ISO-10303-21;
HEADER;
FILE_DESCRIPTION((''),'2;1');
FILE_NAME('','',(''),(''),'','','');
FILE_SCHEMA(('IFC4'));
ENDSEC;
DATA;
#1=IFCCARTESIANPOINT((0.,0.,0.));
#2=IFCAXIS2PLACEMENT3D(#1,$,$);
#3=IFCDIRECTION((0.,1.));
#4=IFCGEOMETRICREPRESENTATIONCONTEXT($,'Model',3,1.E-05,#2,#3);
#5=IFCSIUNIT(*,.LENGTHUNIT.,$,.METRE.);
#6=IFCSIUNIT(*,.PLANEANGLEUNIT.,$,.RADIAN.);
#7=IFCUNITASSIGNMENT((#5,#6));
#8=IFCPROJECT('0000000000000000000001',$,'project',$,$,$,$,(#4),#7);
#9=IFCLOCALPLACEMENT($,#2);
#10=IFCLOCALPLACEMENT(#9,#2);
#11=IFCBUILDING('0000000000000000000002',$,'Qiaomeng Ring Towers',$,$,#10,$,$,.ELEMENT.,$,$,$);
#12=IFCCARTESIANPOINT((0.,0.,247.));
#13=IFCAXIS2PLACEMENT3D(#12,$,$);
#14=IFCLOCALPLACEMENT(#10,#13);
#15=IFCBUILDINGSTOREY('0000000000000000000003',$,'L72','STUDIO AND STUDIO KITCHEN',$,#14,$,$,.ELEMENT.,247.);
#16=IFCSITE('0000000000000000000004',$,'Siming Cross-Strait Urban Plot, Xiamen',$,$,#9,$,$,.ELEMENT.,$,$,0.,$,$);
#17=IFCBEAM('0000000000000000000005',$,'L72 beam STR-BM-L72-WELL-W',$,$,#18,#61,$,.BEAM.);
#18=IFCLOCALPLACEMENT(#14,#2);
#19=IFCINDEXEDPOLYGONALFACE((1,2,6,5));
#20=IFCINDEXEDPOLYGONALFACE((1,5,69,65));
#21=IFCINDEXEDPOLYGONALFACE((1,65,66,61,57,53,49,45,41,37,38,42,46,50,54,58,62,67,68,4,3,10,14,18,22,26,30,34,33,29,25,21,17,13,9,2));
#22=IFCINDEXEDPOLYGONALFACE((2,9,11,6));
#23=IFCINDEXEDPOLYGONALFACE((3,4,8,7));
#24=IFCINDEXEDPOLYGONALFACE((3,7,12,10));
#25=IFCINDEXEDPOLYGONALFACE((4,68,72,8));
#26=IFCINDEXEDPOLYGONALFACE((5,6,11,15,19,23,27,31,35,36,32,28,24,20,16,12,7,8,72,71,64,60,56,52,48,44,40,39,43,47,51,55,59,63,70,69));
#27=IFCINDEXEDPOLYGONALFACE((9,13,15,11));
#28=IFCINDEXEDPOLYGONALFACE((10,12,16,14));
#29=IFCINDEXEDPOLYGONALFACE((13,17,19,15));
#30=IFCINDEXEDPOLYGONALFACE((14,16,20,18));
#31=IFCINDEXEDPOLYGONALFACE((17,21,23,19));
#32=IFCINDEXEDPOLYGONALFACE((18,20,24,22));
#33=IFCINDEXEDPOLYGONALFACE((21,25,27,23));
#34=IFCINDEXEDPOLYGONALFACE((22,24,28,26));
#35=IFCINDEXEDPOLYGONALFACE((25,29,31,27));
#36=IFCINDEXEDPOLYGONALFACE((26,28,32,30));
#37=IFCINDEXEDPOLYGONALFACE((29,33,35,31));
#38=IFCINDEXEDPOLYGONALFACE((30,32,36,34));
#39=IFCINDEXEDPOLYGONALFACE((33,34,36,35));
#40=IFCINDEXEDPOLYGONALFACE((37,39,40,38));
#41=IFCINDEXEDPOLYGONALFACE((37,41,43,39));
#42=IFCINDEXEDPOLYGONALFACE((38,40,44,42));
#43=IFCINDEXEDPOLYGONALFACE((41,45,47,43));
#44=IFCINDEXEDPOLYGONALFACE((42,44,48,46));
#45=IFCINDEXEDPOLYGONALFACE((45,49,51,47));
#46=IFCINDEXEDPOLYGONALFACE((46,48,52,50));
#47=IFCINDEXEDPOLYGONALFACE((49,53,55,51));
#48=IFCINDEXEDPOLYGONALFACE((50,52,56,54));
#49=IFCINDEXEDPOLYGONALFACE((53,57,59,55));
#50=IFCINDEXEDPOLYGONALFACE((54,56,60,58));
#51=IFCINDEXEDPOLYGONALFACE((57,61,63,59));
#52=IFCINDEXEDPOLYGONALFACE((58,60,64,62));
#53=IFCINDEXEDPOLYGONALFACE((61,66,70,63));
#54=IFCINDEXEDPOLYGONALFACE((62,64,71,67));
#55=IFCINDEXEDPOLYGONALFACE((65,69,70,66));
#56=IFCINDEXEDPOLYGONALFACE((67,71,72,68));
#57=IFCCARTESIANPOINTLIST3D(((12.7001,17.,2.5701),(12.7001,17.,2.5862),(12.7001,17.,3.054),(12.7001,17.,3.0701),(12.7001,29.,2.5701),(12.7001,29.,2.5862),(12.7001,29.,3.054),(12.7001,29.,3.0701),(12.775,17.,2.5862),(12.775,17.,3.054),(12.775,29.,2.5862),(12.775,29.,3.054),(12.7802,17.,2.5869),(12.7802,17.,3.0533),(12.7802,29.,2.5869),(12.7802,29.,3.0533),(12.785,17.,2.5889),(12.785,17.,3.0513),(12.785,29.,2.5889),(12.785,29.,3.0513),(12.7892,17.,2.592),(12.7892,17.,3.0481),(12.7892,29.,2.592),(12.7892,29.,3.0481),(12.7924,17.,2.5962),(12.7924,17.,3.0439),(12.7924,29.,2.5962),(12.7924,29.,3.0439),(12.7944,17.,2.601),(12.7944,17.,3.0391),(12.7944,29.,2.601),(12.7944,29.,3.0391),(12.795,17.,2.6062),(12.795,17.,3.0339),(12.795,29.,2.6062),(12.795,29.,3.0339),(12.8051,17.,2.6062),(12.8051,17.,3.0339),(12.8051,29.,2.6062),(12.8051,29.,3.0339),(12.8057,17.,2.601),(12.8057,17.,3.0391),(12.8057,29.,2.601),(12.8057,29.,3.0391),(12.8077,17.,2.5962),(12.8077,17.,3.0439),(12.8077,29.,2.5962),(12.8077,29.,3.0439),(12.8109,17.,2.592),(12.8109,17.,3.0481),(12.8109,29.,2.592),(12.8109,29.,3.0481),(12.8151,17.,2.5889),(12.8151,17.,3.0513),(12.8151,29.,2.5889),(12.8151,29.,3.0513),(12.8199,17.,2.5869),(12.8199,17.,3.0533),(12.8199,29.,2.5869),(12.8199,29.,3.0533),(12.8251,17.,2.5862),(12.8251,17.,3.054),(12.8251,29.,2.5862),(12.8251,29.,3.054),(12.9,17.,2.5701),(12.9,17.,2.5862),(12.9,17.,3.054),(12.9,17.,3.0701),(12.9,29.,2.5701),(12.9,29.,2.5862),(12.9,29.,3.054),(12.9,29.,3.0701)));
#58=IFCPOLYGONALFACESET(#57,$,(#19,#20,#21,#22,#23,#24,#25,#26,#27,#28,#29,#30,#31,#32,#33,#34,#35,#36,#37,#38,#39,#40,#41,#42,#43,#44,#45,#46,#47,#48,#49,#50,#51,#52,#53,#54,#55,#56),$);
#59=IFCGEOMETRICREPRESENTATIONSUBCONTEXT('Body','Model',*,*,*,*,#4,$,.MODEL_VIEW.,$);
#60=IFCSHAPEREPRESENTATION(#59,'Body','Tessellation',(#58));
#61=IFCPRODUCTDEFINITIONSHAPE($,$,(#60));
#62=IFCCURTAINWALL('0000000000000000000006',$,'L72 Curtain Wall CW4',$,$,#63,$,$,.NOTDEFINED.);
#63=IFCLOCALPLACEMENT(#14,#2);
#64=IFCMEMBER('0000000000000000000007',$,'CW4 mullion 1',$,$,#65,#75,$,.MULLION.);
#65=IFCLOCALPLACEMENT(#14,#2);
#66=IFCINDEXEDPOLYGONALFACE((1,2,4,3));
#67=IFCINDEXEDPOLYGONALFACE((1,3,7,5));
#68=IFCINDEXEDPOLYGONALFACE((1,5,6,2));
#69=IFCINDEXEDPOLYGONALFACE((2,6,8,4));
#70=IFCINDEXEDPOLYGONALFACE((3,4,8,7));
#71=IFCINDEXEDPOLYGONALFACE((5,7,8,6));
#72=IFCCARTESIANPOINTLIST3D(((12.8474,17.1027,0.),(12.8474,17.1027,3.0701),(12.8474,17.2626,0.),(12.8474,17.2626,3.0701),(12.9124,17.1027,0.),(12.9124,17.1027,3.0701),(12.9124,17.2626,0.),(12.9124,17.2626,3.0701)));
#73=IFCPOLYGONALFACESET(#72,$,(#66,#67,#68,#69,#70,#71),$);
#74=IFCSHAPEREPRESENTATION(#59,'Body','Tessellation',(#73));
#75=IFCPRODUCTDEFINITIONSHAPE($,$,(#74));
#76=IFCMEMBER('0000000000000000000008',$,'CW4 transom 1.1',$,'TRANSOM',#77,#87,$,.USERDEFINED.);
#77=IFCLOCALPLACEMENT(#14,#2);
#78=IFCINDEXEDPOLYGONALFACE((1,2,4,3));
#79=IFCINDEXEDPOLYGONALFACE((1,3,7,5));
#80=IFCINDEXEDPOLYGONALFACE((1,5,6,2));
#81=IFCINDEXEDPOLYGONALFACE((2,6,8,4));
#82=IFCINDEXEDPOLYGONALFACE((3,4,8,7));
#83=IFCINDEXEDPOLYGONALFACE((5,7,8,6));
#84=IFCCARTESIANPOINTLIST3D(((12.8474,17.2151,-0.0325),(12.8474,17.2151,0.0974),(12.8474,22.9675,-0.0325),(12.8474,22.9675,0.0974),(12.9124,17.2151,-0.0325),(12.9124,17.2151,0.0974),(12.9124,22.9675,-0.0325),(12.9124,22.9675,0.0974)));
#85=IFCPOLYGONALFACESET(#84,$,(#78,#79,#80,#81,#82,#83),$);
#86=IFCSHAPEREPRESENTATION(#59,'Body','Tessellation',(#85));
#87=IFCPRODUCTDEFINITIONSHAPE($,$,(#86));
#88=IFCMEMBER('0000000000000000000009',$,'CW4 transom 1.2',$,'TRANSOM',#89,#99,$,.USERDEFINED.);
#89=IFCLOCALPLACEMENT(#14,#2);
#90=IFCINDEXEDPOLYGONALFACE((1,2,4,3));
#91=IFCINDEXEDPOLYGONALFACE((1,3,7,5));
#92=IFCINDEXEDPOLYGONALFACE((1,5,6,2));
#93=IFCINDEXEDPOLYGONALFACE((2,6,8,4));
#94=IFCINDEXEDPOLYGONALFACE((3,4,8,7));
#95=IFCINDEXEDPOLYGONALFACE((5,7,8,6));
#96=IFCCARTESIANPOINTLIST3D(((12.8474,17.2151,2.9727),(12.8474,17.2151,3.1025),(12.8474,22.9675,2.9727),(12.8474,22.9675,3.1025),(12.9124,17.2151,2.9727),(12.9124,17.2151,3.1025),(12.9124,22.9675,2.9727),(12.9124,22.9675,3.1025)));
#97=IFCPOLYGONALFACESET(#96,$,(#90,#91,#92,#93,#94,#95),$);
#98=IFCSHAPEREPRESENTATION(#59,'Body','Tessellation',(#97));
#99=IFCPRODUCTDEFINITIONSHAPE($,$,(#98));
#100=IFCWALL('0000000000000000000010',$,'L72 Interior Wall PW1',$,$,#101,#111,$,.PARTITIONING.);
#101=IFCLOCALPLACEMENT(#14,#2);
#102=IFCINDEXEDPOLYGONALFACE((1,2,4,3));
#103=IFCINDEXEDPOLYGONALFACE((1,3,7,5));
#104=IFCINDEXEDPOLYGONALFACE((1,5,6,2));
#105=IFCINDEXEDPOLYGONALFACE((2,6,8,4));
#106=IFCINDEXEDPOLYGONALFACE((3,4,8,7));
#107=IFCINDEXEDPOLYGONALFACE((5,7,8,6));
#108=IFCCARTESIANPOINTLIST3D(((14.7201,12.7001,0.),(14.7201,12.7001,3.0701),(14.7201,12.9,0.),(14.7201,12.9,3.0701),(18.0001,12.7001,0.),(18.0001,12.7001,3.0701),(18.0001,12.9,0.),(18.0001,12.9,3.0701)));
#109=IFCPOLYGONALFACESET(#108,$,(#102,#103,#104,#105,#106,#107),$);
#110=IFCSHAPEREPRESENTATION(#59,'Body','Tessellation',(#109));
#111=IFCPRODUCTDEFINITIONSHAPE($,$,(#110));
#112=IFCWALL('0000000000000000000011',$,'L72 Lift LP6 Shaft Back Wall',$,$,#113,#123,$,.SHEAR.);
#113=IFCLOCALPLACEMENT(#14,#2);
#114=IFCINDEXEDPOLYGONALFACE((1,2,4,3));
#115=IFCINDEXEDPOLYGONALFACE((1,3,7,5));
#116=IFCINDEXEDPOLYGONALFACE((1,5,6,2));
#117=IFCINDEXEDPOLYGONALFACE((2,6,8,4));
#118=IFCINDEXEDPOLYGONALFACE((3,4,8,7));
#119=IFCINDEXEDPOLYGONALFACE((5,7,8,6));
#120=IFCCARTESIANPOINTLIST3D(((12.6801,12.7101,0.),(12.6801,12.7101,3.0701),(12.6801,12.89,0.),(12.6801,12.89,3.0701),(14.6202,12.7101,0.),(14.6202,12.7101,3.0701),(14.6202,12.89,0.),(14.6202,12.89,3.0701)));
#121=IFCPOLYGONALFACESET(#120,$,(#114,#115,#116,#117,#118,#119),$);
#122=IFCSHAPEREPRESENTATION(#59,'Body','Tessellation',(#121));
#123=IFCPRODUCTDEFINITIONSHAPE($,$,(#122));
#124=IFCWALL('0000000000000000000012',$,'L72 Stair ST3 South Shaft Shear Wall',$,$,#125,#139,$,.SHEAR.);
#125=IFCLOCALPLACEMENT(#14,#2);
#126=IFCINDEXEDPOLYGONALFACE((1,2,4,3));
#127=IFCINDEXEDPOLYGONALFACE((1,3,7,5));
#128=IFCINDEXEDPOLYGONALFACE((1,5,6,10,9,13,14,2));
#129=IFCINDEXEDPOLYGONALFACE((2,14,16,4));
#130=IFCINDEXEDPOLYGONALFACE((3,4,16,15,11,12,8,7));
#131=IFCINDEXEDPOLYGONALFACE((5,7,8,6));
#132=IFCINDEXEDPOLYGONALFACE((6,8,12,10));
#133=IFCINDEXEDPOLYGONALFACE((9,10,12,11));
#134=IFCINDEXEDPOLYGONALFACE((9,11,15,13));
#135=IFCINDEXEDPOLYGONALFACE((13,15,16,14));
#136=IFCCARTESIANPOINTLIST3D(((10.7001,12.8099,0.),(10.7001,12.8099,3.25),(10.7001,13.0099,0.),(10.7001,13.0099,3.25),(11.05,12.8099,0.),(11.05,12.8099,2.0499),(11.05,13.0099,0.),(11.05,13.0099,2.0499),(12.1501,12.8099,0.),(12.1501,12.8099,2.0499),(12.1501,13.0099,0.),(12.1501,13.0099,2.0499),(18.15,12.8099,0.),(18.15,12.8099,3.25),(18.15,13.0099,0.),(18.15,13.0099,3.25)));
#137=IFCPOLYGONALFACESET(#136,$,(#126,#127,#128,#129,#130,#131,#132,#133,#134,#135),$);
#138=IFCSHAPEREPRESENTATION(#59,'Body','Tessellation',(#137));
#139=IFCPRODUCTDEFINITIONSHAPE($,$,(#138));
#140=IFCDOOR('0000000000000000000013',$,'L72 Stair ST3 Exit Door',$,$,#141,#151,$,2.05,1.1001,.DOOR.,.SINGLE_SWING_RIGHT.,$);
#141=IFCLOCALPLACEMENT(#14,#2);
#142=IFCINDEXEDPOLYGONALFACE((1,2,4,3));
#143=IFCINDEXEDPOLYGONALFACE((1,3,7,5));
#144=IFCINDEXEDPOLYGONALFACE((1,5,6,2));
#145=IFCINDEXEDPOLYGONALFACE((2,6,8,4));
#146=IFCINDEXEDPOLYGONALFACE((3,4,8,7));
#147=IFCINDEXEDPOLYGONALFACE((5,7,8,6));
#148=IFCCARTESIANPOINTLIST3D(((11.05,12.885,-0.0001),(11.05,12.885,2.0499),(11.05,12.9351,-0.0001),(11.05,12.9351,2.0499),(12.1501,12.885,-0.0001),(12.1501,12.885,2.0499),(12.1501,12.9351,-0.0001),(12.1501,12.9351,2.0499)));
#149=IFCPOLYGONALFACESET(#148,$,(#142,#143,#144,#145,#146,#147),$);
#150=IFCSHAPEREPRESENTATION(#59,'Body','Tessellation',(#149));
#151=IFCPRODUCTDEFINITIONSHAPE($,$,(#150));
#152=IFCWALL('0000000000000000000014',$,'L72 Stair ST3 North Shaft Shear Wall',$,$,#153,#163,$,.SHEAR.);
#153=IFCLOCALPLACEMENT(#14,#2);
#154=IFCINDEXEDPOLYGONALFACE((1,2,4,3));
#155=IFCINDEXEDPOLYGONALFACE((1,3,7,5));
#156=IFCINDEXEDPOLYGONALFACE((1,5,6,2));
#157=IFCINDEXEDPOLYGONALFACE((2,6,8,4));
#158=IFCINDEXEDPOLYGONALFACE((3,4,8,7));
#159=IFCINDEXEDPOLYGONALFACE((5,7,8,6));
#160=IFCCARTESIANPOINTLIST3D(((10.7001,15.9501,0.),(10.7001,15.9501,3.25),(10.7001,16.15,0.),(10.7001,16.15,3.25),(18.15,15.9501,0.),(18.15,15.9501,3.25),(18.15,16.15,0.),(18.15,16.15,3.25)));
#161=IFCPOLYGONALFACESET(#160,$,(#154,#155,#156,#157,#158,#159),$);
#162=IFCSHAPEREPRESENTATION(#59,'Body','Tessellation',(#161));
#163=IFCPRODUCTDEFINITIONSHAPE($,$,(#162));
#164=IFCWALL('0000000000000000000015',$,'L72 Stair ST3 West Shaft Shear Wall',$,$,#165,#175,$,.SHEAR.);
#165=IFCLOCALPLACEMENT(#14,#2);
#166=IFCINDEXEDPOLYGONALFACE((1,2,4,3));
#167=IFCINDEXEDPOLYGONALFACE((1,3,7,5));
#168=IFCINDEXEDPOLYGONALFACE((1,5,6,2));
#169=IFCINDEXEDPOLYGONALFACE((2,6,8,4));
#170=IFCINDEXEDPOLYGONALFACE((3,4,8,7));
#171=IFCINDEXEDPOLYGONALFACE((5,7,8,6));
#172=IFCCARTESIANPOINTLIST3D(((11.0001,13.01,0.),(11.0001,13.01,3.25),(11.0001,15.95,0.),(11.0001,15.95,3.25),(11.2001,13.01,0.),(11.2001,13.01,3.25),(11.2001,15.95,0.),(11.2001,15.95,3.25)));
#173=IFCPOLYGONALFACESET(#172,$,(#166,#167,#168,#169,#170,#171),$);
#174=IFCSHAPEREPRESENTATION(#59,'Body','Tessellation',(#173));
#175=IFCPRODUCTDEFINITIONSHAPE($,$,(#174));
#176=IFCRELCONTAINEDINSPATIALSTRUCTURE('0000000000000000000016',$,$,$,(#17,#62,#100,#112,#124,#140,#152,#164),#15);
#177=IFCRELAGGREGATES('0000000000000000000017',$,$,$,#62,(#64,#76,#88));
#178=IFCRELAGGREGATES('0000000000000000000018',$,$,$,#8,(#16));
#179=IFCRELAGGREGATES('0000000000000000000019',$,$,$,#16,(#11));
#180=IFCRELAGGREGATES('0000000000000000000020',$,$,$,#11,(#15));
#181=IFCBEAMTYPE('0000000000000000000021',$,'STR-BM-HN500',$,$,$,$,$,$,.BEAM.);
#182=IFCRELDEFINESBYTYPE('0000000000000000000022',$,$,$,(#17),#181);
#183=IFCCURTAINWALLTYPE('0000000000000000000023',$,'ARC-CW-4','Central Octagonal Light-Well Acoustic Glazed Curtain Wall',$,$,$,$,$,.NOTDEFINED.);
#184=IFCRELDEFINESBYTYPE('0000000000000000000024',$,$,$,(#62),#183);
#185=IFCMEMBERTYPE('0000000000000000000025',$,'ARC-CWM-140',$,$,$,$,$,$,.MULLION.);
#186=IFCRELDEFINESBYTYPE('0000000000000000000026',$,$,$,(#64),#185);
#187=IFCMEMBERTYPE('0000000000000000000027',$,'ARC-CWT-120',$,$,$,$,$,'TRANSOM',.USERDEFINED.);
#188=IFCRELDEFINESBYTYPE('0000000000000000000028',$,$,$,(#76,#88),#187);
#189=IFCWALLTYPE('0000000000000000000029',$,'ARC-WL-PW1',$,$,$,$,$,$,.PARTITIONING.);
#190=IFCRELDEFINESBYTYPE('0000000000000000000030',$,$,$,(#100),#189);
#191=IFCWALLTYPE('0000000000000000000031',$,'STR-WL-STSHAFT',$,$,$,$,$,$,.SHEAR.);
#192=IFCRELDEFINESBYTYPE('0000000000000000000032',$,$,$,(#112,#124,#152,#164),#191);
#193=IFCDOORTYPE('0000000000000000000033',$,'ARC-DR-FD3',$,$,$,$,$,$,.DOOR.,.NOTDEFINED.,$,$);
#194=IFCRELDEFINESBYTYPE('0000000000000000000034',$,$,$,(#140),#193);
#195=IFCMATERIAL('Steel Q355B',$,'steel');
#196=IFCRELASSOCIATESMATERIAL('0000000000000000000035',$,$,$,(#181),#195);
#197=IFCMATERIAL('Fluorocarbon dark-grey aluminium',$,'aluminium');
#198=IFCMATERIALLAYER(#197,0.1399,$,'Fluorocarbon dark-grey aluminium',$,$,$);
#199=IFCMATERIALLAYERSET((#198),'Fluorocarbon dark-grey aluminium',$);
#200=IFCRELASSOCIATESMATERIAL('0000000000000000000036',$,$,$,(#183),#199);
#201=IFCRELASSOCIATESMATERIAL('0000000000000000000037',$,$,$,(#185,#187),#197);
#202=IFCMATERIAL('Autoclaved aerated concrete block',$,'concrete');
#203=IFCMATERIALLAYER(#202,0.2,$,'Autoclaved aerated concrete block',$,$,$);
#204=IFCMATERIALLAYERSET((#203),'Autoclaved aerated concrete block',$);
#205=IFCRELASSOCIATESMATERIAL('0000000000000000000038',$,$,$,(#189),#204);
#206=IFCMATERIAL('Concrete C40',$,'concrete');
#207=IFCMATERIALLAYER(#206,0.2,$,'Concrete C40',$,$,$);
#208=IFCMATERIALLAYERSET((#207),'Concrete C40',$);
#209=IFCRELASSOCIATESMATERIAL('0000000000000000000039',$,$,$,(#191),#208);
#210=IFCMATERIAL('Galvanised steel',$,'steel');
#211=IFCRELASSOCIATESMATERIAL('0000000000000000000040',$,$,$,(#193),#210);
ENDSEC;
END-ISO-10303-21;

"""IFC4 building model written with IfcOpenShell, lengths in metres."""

from ifc_helpers import new_model, si_unit, direction, frame, frame_2d, origin, origin_2d, place, context, subcontext, project, spatial, rectangle, i_section, extrude, source, transform, mapped, material, layer, layer_set, material_profile, profile_set, type_object, element, fill, aggregate, save


model = new_model("IFC4")

# Units and contexts
model_context = context("Model", 3, precision=1e-05, world=origin(), true_north=direction((0.0, 1.0)))
body_context = subcontext(model_context, "Body", "Model", "MODEL_VIEW")
ifc_project = project(units=[si_unit("LENGTHUNIT", "METRE"), si_unit("PLANEANGLEUNIT", "RADIAN")], contexts=[model_context])

# Site, building, storey
site_placement = place(None, origin())
site = spatial("IfcSite", under=ifc_project, at=site_placement, Name="Siming Cross-Strait Urban Plot, Xiamen", CompositionType="ELEMENT", RefElevation=0.0)
building_placement = place(site_placement, origin())
building = spatial("IfcBuilding", under=site, at=building_placement, Name="Qiaomeng Ring Towers", CompositionType="ELEMENT")
storey_placement = place(building_placement, frame((0.0, 0.0, 247.0)))
storey = spatial("IfcBuildingStorey", under=building, at=storey_placement, Name="L72", Description="STUDIO AND STUDIO KITCHEN", CompositionType="ELEMENT", Elevation=247.0)

# Beam
ifc_material_1 = material(Name="Steel Q355B", Category="steel")
ifc_material_profile_1 = material_profile(ifc_material_1, i_section(OverallWidth=0.2, OverallDepth=0.5, WebThickness=0.01, FlangeThickness=0.0161, FilletRadius=0.02, at=origin_2d()), Name="HN 500x200x10x16")
ifc_profile_set_1 = profile_set([ifc_material_profile_1], Name="Steel Q355B")
beam_type = type_object("IfcBeamType", Name="STR-BM-HN500", PredefinedType="BEAM", material=ifc_profile_set_1)
shared_shape_1 = source(origin(), body_context, "Body", "SweptSolid", [
    extrude(i_section(OverallWidth=0.2, OverallDepth=0.5, WebThickness=0.01, FlangeThickness=0.0161, FilletRadius=0.02, at=origin_2d()), origin(), (0.0, 0.0, 1.0), 12.0),
])
beam_placement = place(storey_placement, frame((12.8, 17.0, 2.8201), z_axis=(0.0, 1.0, 0.0), x_axis=(-1.0, 0.0, 0.0)))
element("IfcBeam", 1, at=beam_placement, inside=storey, type_object=beam_type, Name="L72 beam STR-BM-L72-WELL-W", PredefinedType="BEAM", context=body_context, shape_type="MappedRepresentation", body=[
    mapped(shared_shape_1, transform((0.0, 0.0, 0.0), x_axis=(1.0, 0.0, 0.0), y_axis=(0.0, 1.0, 0.0), z_axis=(0.0, 0.0, 1.0), scale=1.0)),
])

# Curtain wall, members
ifc_material_2 = material(Name="Fluorocarbon dark-grey aluminium", Category="aluminium")
ifc_layer_1 = layer(ifc_material_2, 0.1399, Name="Fluorocarbon dark-grey aluminium")
ifc_layer_set_1 = layer_set([ifc_layer_1], Name="Fluorocarbon dark-grey aluminium")
curtain_wall_type = type_object("IfcCurtainWallType", Name="ARC-CW-4", Description="Central Octagonal Light-Well Acoustic Glazed Curtain Wall", PredefinedType="NOTDEFINED", material=ifc_layer_set_1)
curtain_wall_placement = place(storey_placement, origin())
curtain_wall = element("IfcCurtainWall", 2, at=curtain_wall_placement, inside=storey, type_object=curtain_wall_type, Name="L72 Curtain Wall CW4", PredefinedType="NOTDEFINED")
ifc_material_profile_2 = material_profile(ifc_material_2, rectangle(XDim=0.0649, YDim=0.1599, at=origin_2d()), Name="ALU MULL 65x160")
ifc_profile_set_2 = profile_set([ifc_material_profile_2], Name="Fluorocarbon dark-grey aluminium")
member_type_1 = type_object("IfcMemberType", Name="ARC-CWM-140", PredefinedType="MULLION", material=ifc_profile_set_2)
shared_shape_2 = source(origin(), body_context, "Body", "SweptSolid", [
    extrude(rectangle(XDim=0.0649, YDim=0.1599, at=origin_2d()), origin(), (0.0, 0.0, 1.0), 3.0701),
])
member_1_placement = place(storey_placement, frame((12.8799, 17.1826, 0.0), z_axis=(0.0, 0.0, 1.0), x_axis=(-1.0, 0.0, 0.0)))
member_1 = element("IfcMember", 3, at=member_1_placement, type_object=member_type_1, Name="CW4 mullion 1", PredefinedType="MULLION", context=body_context, shape_type="MappedRepresentation", body=[
    mapped(shared_shape_2, transform((0.0, 0.0, 0.0), x_axis=(1.0, 0.0, 0.0), y_axis=(0.0, 1.0, 0.0), z_axis=(0.0, 0.0, 1.0), scale=1.0)),
])
ifc_material_profile_3 = material_profile(ifc_material_2, rectangle(XDim=0.0649, YDim=0.1299, at=origin_2d()), Name="ALU TRAN 65x130")
ifc_profile_set_3 = profile_set([ifc_material_profile_3], Name="Fluorocarbon dark-grey aluminium")
member_type_2 = type_object("IfcMemberType", Name="ARC-CWT-120", ElementType="TRANSOM", PredefinedType="USERDEFINED", material=ifc_profile_set_3)
shared_shape_3 = source(origin(), body_context, "Body", "SweptSolid", [
    extrude(rectangle(XDim=0.0649, YDim=0.1299, at=origin_2d()), origin(), (0.0, 0.0, 1.0), 5.7524),
])
member_2_placement = place(storey_placement, frame((12.8799, 17.2151, 0.0325), z_axis=(0.0, 1.0, 0.0), x_axis=(-1.0, 0.0, 0.0)))
member_2 = element("IfcMember", 4, at=member_2_placement, type_object=member_type_2, Name="CW4 transom 1.1", ObjectType="TRANSOM", PredefinedType="USERDEFINED", context=body_context, shape_type="MappedRepresentation", body=[
    mapped(shared_shape_3, transform((0.0, 0.0, 0.0), x_axis=(1.0, 0.0, 0.0), y_axis=(0.0, 1.0, 0.0), z_axis=(0.0, 0.0, 1.0), scale=1.0)),
])
member_3_placement = place(storey_placement, frame((12.8799, 17.2151, 3.0376), z_axis=(0.0, 1.0, 0.0), x_axis=(-1.0, 0.0, 0.0)))
member_3 = element("IfcMember", 5, at=member_3_placement, type_object=member_type_2, Name="CW4 transom 1.2", ObjectType="TRANSOM", PredefinedType="USERDEFINED", context=body_context, shape_type="MappedRepresentation", body=[
    mapped(shared_shape_3, transform((0.0, 0.0, 0.0), x_axis=(1.0, 0.0, 0.0), y_axis=(0.0, 1.0, 0.0), z_axis=(0.0, 0.0, 1.0), scale=1.0)),
])
aggregate(curtain_wall, [member_1, member_2, member_3])

# Walls
ifc_material_3 = material(Name="Autoclaved aerated concrete block", Category="concrete")
ifc_layer_2 = layer(ifc_material_3, 0.2, Name="Autoclaved aerated concrete block")
ifc_layer_set_2 = layer_set([ifc_layer_2], Name="Autoclaved aerated concrete block")
wall_type_1 = type_object("IfcWallType", Name="ARC-WL-PW1", PredefinedType="PARTITIONING", material=ifc_layer_set_2)
wall_1_placement = place(storey_placement, frame((14.72, 12.8, 0.0), z_axis=(0.0, 0.0, 1.0), x_axis=(1.0, 0.0, 0.0)))
element("IfcWall", 6, at=wall_1_placement, inside=storey, type_object=wall_type_1, Name="L72 Interior Wall PW1", PredefinedType="PARTITIONING", context=body_context, shape_type="SweptSolid", body=[
    extrude(rectangle(XDim=3.28, YDim=0.2, at=frame_2d((1.6401, 0.0))), origin(), (0.0, 0.0, 1.0), 3.0701),
])
ifc_material_4 = material(Name="Concrete C40", Category="concrete")
ifc_layer_3 = layer(ifc_material_4, 0.2, Name="Concrete C40")
ifc_layer_set_3 = layer_set([ifc_layer_3], Name="Concrete C40")
wall_type_2 = type_object("IfcWallType", Name="STR-WL-STSHAFT", PredefinedType="SHEAR", material=ifc_layer_set_3)
wall_2_placement = place(storey_placement, frame((12.6799, 12.8, 0.0), z_axis=(0.0, 0.0, 1.0), x_axis=(1.0, 0.0, 0.0)))
element("IfcWall", 7, at=wall_2_placement, inside=storey, type_object=wall_type_2, Name="L72 Lift LP6 Shaft Back Wall", PredefinedType="SHEAR", context=body_context, shape_type="SweptSolid", body=[
    extrude(rectangle(XDim=1.9402, YDim=0.1799, at=frame_2d((0.9702, 0.0))), origin(), (0.0, 0.0, 1.0), 3.0701),
])

# Wall, opening, door
wall_3_placement = place(storey_placement, frame((10.7, 12.9099, 0.0), z_axis=(0.0, 0.0, 1.0), x_axis=(1.0, 0.0, 0.0)))
wall_3 = element("IfcWall", 8, at=wall_3_placement, inside=storey, type_object=wall_type_2, Name="L72 Stair ST3 South Shaft Shear Wall", PredefinedType="SHEAR", context=body_context, shape_type="SweptSolid", body=[
    extrude(rectangle(XDim=7.45, YDim=0.2, at=frame_2d((3.7251, 0.0))), origin(), (0.0, 0.0, 1.0), 3.25),
])
opening_placement = place(wall_3_placement, frame((0.3501, 0.0, 0.0)))
opening = element("IfcOpeningElement", 9, at=opening_placement, cuts=wall_3, PredefinedType="OPENING", context=body_context, shape_type="SweptSolid", body=[
    extrude(rectangle(XDim=1.1001, YDim=2.05, at=frame_2d((0.55, 1.0249))), frame((0.0, 0.1099, 0.0), z_axis=(0.0, -1.0, 0.0), x_axis=(1.0, 0.0, 0.0)), (0.0, 0.0, 1.0), 0.22),
])
ifc_material_5 = material(Name="Galvanised steel", Category="steel")
door_type = type_object("IfcDoorType", Name="ARC-DR-FD3", OperationType="NOTDEFINED", PredefinedType="DOOR", material=ifc_material_5)
shared_shape_4 = source(origin(), body_context, "Body", "SweptSolid", [
    extrude(rectangle(XDim=1.1001, YDim=2.05, at=frame_2d((0.55, 1.0249))), frame((0.0, 0.0249, 0.0), z_axis=(0.0, -1.0, 0.0), x_axis=(1.0, 0.0, 0.0)), (0.0, 0.0, 1.0), 0.05),
])
door_placement = place(opening_placement, frame((1.1001, 0.0, 0.0), z_axis=(0.0, 0.0, 1.0), x_axis=(-1.0, 0.0, 0.0)))
door = element("IfcDoor", 10, at=door_placement, inside=storey, type_object=door_type, Name="L72 Stair ST3 Exit Door", OperationType="SINGLE_SWING_RIGHT", OverallHeight=2.05, OverallWidth=1.1001, PredefinedType="DOOR", context=body_context, shape_type="MappedRepresentation", body=[
    mapped(shared_shape_4, transform((0.0, 0.0, 0.0), x_axis=(1.0, 0.0, 0.0), y_axis=(0.0, 1.0, 0.0), z_axis=(0.0, 0.0, 1.0), scale=1.0)),
])
fill(opening, door)

# Walls
wall_4_placement = place(storey_placement, frame((10.7, 16.05, 0.0), z_axis=(0.0, 0.0, 1.0), x_axis=(1.0, 0.0, 0.0)))
element("IfcWall", 11, at=wall_4_placement, inside=storey, type_object=wall_type_2, Name="L72 Stair ST3 North Shaft Shear Wall", PredefinedType="SHEAR", context=body_context, shape_type="SweptSolid", body=[
    extrude(rectangle(XDim=7.45, YDim=0.2, at=frame_2d((3.7251, 0.0))), origin(), (0.0, 0.0, 1.0), 3.25),
])
wall_5_placement = place(storey_placement, frame((11.1001, 13.01, 0.0), z_axis=(0.0, 0.0, 1.0), x_axis=(0.0, 1.0, 0.0)))
element("IfcWall", 12, at=wall_5_placement, inside=storey, type_object=wall_type_2, Name="L72 Stair ST3 West Shaft Shear Wall", PredefinedType="SHEAR", context=body_context, shape_type="SweptSolid", body=[
    extrude(rectangle(XDim=2.9399, YDim=0.2, at=frame_2d((1.47, 0.0))), origin(), (0.0, 0.0, 1.0), 3.25),
])

save(model, "model.ifc")
